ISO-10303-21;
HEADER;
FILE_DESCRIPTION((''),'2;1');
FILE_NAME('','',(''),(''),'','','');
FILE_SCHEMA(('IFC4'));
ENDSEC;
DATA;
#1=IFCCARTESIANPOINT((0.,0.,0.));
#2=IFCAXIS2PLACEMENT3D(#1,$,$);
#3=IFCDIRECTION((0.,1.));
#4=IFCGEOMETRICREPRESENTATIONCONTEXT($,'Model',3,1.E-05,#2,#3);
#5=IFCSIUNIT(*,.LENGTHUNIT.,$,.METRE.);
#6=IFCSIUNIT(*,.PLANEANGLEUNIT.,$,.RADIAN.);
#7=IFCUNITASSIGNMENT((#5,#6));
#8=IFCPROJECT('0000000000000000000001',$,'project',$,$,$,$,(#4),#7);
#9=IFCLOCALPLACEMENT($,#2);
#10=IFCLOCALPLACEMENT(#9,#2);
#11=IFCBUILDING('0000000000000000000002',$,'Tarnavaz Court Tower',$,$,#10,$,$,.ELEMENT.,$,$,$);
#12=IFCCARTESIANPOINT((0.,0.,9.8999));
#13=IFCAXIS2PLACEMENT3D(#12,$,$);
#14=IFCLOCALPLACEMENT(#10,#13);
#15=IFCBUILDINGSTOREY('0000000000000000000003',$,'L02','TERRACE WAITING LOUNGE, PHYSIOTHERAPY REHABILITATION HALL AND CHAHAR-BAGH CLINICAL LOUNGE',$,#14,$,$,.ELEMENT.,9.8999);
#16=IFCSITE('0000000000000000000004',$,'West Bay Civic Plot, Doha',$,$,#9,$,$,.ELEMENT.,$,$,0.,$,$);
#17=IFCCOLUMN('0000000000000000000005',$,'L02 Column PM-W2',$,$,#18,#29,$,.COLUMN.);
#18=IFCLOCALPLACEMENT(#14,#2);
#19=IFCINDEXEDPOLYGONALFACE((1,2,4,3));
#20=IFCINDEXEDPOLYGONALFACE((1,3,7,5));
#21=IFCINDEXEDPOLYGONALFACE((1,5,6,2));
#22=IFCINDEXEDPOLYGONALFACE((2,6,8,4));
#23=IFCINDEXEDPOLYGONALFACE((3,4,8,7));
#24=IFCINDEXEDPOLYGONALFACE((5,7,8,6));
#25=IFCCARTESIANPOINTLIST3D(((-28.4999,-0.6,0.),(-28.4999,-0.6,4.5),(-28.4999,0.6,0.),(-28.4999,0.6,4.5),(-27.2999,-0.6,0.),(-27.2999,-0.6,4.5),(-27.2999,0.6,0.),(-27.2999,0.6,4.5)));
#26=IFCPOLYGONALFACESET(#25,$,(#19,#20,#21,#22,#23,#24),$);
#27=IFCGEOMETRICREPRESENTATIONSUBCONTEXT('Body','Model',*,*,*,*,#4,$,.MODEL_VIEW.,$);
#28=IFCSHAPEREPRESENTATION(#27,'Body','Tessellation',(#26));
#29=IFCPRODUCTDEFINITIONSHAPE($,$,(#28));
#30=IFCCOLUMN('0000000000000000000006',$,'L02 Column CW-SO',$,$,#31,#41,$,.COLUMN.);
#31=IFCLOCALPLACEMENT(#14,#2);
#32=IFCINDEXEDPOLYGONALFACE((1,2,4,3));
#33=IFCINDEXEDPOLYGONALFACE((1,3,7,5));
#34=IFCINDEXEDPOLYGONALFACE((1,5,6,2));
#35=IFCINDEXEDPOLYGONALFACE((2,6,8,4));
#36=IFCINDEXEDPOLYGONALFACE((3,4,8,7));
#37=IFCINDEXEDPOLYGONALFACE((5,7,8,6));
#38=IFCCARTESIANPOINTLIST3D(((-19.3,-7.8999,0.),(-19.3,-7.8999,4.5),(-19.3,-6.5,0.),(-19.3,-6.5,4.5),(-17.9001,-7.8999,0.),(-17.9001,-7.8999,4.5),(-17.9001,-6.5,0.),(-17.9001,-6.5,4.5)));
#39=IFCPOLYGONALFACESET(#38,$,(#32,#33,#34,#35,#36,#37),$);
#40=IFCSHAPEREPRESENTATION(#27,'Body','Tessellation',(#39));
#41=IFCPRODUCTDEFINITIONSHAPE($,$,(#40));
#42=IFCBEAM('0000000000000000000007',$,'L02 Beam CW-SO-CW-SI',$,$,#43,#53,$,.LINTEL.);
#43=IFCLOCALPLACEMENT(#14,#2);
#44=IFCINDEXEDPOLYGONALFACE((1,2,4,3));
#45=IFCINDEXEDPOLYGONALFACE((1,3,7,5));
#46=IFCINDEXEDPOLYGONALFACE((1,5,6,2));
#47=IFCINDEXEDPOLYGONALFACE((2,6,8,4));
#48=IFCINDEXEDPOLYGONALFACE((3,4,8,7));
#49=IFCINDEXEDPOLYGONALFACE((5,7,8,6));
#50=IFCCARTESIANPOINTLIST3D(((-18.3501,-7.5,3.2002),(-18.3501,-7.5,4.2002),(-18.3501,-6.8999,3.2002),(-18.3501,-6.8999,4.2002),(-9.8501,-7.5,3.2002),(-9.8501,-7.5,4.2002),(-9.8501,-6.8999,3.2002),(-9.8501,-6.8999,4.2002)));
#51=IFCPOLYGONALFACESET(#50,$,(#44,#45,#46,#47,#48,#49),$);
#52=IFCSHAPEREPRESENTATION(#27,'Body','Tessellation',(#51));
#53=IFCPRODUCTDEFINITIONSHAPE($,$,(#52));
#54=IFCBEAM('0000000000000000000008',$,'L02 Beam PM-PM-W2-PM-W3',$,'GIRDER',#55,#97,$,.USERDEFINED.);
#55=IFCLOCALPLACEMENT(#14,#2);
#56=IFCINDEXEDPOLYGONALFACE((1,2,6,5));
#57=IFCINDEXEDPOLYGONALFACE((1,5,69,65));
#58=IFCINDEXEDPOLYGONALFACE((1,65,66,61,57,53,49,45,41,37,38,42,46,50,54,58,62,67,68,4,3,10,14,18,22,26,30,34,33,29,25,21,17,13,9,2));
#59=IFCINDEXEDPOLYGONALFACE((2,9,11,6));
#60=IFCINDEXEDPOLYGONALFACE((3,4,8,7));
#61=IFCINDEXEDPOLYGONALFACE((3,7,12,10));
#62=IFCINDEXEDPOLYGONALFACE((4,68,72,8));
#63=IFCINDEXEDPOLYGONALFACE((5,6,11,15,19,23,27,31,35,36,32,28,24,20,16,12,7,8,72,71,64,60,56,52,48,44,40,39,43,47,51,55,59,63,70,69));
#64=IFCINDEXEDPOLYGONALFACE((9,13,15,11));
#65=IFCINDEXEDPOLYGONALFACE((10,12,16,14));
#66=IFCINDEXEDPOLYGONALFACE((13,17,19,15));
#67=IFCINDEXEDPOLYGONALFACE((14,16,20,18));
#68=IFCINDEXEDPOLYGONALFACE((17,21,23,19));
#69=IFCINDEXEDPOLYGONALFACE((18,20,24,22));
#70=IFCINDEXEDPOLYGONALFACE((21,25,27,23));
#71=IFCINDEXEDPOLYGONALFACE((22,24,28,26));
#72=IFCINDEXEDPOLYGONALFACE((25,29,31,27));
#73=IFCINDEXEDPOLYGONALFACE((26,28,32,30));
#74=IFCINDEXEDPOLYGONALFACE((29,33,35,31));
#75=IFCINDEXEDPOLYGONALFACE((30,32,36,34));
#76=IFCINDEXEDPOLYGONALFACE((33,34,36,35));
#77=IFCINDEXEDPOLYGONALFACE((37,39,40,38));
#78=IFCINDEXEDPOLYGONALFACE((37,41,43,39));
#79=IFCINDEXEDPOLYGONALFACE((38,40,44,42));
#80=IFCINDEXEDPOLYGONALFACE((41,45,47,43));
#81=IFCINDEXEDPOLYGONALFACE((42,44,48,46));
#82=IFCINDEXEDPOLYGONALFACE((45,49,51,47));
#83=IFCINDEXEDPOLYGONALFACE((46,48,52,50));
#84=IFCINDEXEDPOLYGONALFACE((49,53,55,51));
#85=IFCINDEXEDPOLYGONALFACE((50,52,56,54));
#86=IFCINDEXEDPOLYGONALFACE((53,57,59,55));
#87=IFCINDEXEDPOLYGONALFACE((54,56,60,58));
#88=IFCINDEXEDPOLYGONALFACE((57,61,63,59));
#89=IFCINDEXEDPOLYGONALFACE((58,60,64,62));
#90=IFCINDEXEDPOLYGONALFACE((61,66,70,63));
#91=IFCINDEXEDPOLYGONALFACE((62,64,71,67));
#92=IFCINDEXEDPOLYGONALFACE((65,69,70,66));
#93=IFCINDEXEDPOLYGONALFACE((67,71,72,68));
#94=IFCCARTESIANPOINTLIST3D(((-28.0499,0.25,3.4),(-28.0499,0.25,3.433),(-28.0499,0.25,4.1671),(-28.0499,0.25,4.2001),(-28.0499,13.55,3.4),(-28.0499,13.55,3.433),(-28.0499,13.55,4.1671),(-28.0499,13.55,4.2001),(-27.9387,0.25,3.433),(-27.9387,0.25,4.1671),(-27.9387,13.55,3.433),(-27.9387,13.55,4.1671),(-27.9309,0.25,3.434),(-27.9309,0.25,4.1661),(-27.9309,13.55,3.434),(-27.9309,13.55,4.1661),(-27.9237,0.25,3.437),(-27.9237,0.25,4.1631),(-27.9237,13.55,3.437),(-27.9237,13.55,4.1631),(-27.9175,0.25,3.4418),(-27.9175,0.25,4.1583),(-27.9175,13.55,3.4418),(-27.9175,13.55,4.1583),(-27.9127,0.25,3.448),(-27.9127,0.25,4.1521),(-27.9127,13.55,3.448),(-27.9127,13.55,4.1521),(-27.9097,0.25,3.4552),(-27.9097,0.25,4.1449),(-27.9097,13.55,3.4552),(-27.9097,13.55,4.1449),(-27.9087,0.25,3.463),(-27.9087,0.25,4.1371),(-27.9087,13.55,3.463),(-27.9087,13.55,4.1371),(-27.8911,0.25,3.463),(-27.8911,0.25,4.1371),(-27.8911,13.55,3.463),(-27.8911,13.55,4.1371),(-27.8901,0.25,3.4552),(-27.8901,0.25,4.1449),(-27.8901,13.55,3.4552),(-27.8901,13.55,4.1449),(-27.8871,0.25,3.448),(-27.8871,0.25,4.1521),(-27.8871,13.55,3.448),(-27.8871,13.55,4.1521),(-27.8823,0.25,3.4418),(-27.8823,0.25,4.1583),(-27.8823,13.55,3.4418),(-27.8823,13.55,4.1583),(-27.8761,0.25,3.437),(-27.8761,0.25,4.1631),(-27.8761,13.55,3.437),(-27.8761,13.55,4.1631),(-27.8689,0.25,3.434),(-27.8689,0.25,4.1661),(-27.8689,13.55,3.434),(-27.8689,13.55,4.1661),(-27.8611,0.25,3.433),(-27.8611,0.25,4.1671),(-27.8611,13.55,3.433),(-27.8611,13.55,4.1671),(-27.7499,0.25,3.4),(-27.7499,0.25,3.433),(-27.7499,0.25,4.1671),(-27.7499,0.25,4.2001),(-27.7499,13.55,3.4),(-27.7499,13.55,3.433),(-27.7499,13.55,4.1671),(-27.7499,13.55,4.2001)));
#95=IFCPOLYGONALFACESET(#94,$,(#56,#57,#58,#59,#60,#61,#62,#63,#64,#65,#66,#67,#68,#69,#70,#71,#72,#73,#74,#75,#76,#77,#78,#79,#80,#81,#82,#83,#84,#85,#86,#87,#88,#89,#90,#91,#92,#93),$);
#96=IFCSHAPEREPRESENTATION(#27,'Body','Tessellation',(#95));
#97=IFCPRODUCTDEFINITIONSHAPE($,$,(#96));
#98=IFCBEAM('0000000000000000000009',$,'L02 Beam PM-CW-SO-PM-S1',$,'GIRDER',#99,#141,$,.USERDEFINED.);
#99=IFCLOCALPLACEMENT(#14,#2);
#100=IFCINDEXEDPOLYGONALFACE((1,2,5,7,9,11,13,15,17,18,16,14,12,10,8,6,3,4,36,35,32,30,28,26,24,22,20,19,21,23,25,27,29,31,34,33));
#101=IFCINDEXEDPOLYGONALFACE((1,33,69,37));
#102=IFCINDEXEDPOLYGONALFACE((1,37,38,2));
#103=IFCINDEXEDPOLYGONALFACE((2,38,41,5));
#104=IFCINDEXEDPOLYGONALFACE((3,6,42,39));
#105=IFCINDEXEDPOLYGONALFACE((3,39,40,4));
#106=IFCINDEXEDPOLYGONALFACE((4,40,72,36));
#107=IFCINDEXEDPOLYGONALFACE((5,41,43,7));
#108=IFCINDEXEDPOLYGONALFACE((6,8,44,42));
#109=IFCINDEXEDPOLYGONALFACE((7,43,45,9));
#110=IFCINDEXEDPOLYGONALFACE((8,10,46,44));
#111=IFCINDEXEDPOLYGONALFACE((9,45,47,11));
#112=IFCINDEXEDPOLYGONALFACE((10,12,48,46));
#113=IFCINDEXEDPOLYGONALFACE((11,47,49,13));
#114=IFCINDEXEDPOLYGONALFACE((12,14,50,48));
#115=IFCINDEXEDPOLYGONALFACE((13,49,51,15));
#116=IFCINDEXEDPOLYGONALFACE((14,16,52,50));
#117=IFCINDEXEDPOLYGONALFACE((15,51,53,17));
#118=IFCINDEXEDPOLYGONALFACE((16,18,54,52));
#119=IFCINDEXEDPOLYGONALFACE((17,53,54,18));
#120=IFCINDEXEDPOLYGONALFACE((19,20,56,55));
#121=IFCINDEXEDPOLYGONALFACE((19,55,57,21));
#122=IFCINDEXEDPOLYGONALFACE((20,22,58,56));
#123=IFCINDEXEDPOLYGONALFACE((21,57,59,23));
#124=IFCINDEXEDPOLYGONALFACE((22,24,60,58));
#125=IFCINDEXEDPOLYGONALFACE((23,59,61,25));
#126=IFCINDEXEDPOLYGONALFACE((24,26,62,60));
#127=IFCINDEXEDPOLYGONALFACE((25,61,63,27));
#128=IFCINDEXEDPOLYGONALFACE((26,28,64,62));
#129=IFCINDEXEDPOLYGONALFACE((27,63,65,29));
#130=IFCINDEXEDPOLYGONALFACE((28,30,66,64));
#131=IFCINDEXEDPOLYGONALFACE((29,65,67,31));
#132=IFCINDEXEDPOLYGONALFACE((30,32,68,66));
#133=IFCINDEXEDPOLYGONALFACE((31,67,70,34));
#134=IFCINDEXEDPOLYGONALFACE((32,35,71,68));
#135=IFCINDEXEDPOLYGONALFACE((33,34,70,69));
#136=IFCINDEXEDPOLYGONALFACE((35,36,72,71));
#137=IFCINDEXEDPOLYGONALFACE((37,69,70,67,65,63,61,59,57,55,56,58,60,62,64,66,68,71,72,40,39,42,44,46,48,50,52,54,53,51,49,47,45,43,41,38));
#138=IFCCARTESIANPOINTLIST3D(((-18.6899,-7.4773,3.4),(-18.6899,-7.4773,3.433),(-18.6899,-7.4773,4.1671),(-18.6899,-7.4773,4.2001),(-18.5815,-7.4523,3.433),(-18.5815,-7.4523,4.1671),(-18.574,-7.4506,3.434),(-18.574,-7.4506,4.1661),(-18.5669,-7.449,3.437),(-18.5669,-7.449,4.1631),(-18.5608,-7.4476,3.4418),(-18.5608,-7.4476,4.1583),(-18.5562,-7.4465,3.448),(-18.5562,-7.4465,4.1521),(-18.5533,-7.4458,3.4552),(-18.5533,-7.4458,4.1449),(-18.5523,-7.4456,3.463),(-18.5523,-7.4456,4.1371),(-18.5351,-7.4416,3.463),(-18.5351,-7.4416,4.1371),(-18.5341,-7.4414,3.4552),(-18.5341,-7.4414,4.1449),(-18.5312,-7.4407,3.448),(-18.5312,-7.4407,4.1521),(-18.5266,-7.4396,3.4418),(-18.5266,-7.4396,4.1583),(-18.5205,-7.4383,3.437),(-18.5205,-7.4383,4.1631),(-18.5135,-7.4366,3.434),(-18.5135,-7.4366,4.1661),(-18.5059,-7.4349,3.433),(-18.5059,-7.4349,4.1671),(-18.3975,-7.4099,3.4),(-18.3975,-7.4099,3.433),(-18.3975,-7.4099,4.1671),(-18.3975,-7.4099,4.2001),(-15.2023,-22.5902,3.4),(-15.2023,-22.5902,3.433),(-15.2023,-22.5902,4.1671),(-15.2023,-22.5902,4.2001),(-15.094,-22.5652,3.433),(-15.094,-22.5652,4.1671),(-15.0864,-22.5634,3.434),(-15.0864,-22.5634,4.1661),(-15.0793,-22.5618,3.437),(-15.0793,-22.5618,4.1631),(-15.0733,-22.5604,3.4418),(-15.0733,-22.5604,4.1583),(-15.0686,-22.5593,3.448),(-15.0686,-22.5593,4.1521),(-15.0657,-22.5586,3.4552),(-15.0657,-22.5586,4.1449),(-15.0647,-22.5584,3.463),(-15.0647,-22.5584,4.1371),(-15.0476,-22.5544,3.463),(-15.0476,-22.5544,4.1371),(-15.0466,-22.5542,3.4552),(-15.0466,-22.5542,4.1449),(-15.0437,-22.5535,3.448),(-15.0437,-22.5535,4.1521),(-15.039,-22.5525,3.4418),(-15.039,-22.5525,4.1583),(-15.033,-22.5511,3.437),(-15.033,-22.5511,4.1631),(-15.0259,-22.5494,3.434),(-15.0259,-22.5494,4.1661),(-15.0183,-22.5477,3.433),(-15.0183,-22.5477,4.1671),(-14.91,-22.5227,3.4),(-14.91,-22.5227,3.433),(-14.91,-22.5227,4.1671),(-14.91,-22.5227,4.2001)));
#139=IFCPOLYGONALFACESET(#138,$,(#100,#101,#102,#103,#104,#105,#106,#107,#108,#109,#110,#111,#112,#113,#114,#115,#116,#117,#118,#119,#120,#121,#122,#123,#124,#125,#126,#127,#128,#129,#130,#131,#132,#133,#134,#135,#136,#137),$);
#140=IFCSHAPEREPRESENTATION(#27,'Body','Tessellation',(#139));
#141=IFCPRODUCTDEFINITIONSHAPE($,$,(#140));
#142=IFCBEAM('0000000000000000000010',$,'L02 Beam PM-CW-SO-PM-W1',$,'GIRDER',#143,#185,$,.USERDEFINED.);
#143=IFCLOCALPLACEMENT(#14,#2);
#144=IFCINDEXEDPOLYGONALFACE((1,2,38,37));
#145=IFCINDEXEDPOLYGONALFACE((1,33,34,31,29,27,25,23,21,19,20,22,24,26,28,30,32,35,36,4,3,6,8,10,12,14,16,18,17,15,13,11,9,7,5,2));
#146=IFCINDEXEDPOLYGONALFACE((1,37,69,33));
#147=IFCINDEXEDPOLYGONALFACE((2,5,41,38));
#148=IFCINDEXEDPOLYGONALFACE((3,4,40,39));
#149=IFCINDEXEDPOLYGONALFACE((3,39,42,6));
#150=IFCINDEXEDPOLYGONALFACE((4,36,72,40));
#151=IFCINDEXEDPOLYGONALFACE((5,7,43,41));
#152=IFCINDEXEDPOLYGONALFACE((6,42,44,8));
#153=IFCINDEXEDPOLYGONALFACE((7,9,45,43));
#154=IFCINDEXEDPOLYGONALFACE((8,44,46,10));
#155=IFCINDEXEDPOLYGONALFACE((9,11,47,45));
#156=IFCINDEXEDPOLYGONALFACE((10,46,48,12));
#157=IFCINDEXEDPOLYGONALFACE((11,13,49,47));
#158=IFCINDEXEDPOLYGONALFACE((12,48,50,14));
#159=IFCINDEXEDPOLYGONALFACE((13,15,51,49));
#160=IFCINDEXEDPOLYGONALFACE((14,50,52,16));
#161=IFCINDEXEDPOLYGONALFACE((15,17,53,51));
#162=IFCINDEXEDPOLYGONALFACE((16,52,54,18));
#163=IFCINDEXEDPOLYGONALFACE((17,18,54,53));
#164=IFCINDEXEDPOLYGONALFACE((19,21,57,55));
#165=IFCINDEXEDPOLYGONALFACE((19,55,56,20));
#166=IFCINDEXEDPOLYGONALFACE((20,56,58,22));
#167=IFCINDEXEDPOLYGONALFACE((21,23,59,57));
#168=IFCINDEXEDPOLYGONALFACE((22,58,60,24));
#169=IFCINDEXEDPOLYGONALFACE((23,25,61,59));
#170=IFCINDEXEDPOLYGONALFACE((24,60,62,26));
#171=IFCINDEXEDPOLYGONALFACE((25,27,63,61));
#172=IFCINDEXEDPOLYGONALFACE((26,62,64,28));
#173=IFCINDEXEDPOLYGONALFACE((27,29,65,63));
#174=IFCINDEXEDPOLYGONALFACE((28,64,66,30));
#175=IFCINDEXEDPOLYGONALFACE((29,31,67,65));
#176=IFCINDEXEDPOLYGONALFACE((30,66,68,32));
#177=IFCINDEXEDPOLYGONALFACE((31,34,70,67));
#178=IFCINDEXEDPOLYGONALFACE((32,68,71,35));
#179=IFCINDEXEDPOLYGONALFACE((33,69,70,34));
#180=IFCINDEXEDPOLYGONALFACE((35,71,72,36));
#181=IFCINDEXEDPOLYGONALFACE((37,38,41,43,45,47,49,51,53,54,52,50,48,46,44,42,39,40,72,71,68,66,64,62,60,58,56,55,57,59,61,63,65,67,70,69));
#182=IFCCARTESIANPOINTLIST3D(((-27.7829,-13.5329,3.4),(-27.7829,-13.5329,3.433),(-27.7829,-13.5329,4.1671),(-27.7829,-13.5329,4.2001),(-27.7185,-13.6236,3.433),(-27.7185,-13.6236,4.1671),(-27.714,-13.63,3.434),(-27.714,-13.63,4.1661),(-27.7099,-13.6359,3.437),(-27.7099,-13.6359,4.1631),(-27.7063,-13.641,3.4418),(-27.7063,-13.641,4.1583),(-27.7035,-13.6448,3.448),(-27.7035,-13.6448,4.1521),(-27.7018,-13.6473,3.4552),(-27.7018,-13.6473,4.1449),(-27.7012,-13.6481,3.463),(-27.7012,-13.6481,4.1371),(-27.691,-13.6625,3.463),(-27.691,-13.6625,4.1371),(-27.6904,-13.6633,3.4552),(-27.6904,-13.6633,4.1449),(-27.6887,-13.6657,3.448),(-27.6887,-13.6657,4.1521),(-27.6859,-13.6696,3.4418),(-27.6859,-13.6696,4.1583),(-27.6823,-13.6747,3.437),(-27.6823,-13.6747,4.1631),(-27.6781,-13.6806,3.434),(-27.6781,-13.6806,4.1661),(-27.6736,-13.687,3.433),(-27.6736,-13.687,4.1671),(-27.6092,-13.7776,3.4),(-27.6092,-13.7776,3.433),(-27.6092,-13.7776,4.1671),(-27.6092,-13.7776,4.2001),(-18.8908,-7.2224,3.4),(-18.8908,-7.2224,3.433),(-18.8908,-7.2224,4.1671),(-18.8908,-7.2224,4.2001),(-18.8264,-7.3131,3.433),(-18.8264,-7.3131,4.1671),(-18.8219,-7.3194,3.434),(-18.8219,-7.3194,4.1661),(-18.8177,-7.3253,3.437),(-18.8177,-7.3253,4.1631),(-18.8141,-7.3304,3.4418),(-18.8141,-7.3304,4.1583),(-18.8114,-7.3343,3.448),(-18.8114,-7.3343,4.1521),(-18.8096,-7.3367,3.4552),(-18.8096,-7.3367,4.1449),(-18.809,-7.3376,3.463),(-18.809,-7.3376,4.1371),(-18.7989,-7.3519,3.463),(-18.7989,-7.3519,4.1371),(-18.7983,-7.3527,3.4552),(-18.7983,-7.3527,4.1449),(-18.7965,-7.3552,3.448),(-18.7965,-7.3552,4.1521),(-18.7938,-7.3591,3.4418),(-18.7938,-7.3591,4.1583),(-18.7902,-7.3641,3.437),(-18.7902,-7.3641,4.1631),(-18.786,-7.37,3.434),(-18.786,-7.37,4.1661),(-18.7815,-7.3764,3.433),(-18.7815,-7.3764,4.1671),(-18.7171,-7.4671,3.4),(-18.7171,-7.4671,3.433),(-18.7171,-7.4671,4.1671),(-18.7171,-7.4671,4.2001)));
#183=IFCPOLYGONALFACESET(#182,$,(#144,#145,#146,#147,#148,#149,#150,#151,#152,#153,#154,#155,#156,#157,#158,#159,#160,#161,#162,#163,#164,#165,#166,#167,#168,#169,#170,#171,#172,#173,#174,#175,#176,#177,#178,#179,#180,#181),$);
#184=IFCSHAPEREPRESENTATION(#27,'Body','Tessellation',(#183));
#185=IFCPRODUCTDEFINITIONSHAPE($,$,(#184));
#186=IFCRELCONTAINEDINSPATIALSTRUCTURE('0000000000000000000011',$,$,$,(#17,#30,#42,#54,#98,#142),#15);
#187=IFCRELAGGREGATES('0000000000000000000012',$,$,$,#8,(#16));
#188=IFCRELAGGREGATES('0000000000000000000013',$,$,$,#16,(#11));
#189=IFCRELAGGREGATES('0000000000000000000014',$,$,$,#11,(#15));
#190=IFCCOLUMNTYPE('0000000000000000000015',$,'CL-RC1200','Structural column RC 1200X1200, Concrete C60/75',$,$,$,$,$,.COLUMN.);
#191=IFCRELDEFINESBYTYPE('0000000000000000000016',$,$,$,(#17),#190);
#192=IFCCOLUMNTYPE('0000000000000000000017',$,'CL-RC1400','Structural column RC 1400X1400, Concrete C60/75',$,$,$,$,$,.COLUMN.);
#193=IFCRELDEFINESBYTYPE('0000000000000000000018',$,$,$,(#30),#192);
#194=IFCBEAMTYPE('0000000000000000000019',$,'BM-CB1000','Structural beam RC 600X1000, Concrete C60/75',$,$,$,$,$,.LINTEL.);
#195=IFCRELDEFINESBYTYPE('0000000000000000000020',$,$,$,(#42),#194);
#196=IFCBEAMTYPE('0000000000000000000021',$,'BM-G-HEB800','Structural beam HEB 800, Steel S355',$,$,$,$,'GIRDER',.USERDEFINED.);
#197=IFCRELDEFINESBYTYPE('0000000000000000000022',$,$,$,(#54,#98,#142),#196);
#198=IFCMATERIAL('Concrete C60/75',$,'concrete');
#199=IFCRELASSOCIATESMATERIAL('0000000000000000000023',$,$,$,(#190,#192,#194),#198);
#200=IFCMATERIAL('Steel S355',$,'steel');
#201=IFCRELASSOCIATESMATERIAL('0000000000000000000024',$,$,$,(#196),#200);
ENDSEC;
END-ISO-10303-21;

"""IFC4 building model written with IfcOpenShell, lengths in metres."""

from ifc_helpers import new_model, si_unit, direction, frame, origin, origin_2d, place, context, subcontext, project, spatial, rectangle, i_section, extrude, material, material_profile, profile_set, type_object, element, save


model = new_model("IFC4")

# Units and contexts
model_context = context("Model", 3, precision=1e-05, world=origin(), true_north=direction((0.0, 1.0)))
body_context = subcontext(model_context, "Body", "Model", "MODEL_VIEW")
ifc_project = project(units=[si_unit("LENGTHUNIT", "METRE"), si_unit("PLANEANGLEUNIT", "RADIAN")], contexts=[model_context])

# Site, building, storey
site_placement = place(None, origin())
site = spatial("IfcSite", under=ifc_project, at=site_placement, Name="West Bay Civic Plot, Doha", CompositionType="ELEMENT", RefElevation=0.0)
building_placement = place(site_placement, origin())
building = spatial("IfcBuilding", under=site, at=building_placement, Name="Tarnavaz Court Tower", CompositionType="ELEMENT")
storey_placement = place(building_placement, frame((0.0, 0.0, 9.8999)))
storey = spatial("IfcBuildingStorey", under=building, at=storey_placement, Name="L02", Description="TERRACE WAITING LOUNGE, PHYSIOTHERAPY REHABILITATION HALL AND CHAHAR-BAGH CLINICAL LOUNGE", CompositionType="ELEMENT", Elevation=9.8999)

# Columns
ifc_material_1 = material(Name="Concrete C60/75", Category="concrete")
ifc_material_profile_1 = material_profile(ifc_material_1, rectangle(XDim=1.2, YDim=1.2, at=origin_2d()), Name="RC 1200X1200")
ifc_profile_set_1 = profile_set([ifc_material_profile_1], Name="Concrete C60/75")
column_type_1 = type_object("IfcColumnType", Name="CL-RC1200", Description="Structural column RC 1200X1200, Concrete C60/75", PredefinedType="COLUMN", material=ifc_profile_set_1)
column_1_placement = place(storey_placement, frame((-27.8999, 0.0, 0.0), z_axis=(0.0, 0.0, 1.0), x_axis=(1.0, 0.0, 0.0)))
element("IfcColumn", 1, at=column_1_placement, inside=storey, type_object=column_type_1, Name="L02 Column PM-W2", PredefinedType="COLUMN", context=body_context, shape_type="SweptSolid", body=[
    extrude(rectangle(XDim=1.2, YDim=1.2, at=origin_2d()), origin(), (0.0, 0.0, 1.0), 4.5),
])
ifc_material_profile_2 = material_profile(ifc_material_1, rectangle(XDim=1.3999, YDim=1.3999, at=origin_2d()), Name="RC 1400X1400")
ifc_profile_set_2 = profile_set([ifc_material_profile_2], Name="Concrete C60/75")
column_type_2 = type_object("IfcColumnType", Name="CL-RC1400", Description="Structural column RC 1400X1400, Concrete C60/75", PredefinedType="COLUMN", material=ifc_profile_set_2)
column_2_placement = place(storey_placement, frame((-18.6001, -7.2, 0.0), z_axis=(0.0, 0.0, 1.0), x_axis=(1.0, 0.0, 0.0)))
element("IfcColumn", 2, at=column_2_placement, inside=storey, type_object=column_type_2, Name="L02 Column CW-SO", PredefinedType="COLUMN", context=body_context, shape_type="SweptSolid", body=[
    extrude(rectangle(XDim=1.3999, YDim=1.3999, at=origin_2d()), origin(), (0.0, 0.0, 1.0), 4.5),
])

# Beams
ifc_material_profile_3 = material_profile(ifc_material_1, rectangle(XDim=0.6001, YDim=1.0, at=origin_2d()), Name="RC 600X1000")
ifc_profile_set_3 = profile_set([ifc_material_profile_3], Name="Concrete C60/75")
beam_type_1 = type_object("IfcBeamType", Name="BM-CB1000", Description="Structural beam RC 600X1000, Concrete C60/75", PredefinedType="LINTEL", material=ifc_profile_set_3)
beam_1_placement = place(storey_placement, frame((-18.3501, -7.2, 3.7002), z_axis=(1.0, 0.0, 0.0), x_axis=(0.0, 1.0, 0.0)))
element("IfcBeam", 3, at=beam_1_placement, inside=storey, type_object=beam_type_1, Name="L02 Beam CW-SO-CW-SI", PredefinedType="LINTEL", context=body_context, shape_type="SweptSolid", body=[
    extrude(rectangle(XDim=0.6001, YDim=1.0, at=origin_2d()), origin(), (0.0, 0.0, 1.0), 8.5),
])
ifc_material_2 = material(Name="Steel S355", Category="steel")
ifc_material_profile_4 = material_profile(ifc_material_2, i_section(OverallWidth=0.3, OverallDepth=0.8, WebThickness=0.0176, FlangeThickness=0.033, FilletRadius=0.03, at=origin_2d()), Name="HEB 800")
ifc_profile_set_4 = profile_set([ifc_material_profile_4], Name="Steel S355")
beam_type_2 = type_object("IfcBeamType", Name="BM-G-HEB800", Description="Structural beam HEB 800, Steel S355", ElementType="GIRDER", PredefinedType="USERDEFINED", material=ifc_profile_set_4)
beam_2_placement = place(storey_placement, frame((-27.8999, 0.25, 3.8), z_axis=(0.0, 1.0, 0.0), x_axis=(-1.0, 0.0, 0.0)))
element("IfcBeam", 4, at=beam_2_placement, inside=storey, type_object=beam_type_2, Name="L02 Beam PM-PM-W2-PM-W3", ObjectType="GIRDER", PredefinedType="USERDEFINED", context=body_context, shape_type="SweptSolid", body=[
    extrude(i_section(OverallWidth=0.3, OverallDepth=0.8, WebThickness=0.0176, FlangeThickness=0.033, FilletRadius=0.03, at=origin_2d()), origin(), (0.0, 0.0, 1.0), 13.3),
])
beam_3_placement = place(storey_placement, frame((-18.5437, -7.4436, 3.8), z_axis=(0.224858, -0.974391, 0.0), x_axis=(0.974391, 0.224858, 0.0)))
element("IfcBeam", 5, at=beam_3_placement, inside=storey, type_object=beam_type_2, Name="L02 Beam PM-CW-SO-PM-S1", ObjectType="GIRDER", PredefinedType="USERDEFINED", context=body_context, shape_type="SweptSolid", body=[
    extrude(i_section(OverallWidth=0.3, OverallDepth=0.8, WebThickness=0.0176, FlangeThickness=0.033, FilletRadius=0.03, at=origin_2d()), origin(), (0.0, 0.0, 1.0), 15.51),
])
beam_4_placement = place(storey_placement, frame((-18.804, -7.3447, 3.8), z_axis=(-0.815506, -0.578749, 0.0), x_axis=(0.578749, -0.815506, 0.0)))
element("IfcBeam", 6, at=beam_4_placement, inside=storey, type_object=beam_type_2, Name="L02 Beam PM-CW-SO-PM-W1", ObjectType="GIRDER", PredefinedType="USERDEFINED", context=body_context, shape_type="SweptSolid", body=[
    extrude(i_section(OverallWidth=0.3, OverallDepth=0.8, WebThickness=0.0176, FlangeThickness=0.033, FilletRadius=0.03, at=origin_2d()), origin(), (0.0, 0.0, 1.0), 10.9038),
])

save(model, "model.ifc")
